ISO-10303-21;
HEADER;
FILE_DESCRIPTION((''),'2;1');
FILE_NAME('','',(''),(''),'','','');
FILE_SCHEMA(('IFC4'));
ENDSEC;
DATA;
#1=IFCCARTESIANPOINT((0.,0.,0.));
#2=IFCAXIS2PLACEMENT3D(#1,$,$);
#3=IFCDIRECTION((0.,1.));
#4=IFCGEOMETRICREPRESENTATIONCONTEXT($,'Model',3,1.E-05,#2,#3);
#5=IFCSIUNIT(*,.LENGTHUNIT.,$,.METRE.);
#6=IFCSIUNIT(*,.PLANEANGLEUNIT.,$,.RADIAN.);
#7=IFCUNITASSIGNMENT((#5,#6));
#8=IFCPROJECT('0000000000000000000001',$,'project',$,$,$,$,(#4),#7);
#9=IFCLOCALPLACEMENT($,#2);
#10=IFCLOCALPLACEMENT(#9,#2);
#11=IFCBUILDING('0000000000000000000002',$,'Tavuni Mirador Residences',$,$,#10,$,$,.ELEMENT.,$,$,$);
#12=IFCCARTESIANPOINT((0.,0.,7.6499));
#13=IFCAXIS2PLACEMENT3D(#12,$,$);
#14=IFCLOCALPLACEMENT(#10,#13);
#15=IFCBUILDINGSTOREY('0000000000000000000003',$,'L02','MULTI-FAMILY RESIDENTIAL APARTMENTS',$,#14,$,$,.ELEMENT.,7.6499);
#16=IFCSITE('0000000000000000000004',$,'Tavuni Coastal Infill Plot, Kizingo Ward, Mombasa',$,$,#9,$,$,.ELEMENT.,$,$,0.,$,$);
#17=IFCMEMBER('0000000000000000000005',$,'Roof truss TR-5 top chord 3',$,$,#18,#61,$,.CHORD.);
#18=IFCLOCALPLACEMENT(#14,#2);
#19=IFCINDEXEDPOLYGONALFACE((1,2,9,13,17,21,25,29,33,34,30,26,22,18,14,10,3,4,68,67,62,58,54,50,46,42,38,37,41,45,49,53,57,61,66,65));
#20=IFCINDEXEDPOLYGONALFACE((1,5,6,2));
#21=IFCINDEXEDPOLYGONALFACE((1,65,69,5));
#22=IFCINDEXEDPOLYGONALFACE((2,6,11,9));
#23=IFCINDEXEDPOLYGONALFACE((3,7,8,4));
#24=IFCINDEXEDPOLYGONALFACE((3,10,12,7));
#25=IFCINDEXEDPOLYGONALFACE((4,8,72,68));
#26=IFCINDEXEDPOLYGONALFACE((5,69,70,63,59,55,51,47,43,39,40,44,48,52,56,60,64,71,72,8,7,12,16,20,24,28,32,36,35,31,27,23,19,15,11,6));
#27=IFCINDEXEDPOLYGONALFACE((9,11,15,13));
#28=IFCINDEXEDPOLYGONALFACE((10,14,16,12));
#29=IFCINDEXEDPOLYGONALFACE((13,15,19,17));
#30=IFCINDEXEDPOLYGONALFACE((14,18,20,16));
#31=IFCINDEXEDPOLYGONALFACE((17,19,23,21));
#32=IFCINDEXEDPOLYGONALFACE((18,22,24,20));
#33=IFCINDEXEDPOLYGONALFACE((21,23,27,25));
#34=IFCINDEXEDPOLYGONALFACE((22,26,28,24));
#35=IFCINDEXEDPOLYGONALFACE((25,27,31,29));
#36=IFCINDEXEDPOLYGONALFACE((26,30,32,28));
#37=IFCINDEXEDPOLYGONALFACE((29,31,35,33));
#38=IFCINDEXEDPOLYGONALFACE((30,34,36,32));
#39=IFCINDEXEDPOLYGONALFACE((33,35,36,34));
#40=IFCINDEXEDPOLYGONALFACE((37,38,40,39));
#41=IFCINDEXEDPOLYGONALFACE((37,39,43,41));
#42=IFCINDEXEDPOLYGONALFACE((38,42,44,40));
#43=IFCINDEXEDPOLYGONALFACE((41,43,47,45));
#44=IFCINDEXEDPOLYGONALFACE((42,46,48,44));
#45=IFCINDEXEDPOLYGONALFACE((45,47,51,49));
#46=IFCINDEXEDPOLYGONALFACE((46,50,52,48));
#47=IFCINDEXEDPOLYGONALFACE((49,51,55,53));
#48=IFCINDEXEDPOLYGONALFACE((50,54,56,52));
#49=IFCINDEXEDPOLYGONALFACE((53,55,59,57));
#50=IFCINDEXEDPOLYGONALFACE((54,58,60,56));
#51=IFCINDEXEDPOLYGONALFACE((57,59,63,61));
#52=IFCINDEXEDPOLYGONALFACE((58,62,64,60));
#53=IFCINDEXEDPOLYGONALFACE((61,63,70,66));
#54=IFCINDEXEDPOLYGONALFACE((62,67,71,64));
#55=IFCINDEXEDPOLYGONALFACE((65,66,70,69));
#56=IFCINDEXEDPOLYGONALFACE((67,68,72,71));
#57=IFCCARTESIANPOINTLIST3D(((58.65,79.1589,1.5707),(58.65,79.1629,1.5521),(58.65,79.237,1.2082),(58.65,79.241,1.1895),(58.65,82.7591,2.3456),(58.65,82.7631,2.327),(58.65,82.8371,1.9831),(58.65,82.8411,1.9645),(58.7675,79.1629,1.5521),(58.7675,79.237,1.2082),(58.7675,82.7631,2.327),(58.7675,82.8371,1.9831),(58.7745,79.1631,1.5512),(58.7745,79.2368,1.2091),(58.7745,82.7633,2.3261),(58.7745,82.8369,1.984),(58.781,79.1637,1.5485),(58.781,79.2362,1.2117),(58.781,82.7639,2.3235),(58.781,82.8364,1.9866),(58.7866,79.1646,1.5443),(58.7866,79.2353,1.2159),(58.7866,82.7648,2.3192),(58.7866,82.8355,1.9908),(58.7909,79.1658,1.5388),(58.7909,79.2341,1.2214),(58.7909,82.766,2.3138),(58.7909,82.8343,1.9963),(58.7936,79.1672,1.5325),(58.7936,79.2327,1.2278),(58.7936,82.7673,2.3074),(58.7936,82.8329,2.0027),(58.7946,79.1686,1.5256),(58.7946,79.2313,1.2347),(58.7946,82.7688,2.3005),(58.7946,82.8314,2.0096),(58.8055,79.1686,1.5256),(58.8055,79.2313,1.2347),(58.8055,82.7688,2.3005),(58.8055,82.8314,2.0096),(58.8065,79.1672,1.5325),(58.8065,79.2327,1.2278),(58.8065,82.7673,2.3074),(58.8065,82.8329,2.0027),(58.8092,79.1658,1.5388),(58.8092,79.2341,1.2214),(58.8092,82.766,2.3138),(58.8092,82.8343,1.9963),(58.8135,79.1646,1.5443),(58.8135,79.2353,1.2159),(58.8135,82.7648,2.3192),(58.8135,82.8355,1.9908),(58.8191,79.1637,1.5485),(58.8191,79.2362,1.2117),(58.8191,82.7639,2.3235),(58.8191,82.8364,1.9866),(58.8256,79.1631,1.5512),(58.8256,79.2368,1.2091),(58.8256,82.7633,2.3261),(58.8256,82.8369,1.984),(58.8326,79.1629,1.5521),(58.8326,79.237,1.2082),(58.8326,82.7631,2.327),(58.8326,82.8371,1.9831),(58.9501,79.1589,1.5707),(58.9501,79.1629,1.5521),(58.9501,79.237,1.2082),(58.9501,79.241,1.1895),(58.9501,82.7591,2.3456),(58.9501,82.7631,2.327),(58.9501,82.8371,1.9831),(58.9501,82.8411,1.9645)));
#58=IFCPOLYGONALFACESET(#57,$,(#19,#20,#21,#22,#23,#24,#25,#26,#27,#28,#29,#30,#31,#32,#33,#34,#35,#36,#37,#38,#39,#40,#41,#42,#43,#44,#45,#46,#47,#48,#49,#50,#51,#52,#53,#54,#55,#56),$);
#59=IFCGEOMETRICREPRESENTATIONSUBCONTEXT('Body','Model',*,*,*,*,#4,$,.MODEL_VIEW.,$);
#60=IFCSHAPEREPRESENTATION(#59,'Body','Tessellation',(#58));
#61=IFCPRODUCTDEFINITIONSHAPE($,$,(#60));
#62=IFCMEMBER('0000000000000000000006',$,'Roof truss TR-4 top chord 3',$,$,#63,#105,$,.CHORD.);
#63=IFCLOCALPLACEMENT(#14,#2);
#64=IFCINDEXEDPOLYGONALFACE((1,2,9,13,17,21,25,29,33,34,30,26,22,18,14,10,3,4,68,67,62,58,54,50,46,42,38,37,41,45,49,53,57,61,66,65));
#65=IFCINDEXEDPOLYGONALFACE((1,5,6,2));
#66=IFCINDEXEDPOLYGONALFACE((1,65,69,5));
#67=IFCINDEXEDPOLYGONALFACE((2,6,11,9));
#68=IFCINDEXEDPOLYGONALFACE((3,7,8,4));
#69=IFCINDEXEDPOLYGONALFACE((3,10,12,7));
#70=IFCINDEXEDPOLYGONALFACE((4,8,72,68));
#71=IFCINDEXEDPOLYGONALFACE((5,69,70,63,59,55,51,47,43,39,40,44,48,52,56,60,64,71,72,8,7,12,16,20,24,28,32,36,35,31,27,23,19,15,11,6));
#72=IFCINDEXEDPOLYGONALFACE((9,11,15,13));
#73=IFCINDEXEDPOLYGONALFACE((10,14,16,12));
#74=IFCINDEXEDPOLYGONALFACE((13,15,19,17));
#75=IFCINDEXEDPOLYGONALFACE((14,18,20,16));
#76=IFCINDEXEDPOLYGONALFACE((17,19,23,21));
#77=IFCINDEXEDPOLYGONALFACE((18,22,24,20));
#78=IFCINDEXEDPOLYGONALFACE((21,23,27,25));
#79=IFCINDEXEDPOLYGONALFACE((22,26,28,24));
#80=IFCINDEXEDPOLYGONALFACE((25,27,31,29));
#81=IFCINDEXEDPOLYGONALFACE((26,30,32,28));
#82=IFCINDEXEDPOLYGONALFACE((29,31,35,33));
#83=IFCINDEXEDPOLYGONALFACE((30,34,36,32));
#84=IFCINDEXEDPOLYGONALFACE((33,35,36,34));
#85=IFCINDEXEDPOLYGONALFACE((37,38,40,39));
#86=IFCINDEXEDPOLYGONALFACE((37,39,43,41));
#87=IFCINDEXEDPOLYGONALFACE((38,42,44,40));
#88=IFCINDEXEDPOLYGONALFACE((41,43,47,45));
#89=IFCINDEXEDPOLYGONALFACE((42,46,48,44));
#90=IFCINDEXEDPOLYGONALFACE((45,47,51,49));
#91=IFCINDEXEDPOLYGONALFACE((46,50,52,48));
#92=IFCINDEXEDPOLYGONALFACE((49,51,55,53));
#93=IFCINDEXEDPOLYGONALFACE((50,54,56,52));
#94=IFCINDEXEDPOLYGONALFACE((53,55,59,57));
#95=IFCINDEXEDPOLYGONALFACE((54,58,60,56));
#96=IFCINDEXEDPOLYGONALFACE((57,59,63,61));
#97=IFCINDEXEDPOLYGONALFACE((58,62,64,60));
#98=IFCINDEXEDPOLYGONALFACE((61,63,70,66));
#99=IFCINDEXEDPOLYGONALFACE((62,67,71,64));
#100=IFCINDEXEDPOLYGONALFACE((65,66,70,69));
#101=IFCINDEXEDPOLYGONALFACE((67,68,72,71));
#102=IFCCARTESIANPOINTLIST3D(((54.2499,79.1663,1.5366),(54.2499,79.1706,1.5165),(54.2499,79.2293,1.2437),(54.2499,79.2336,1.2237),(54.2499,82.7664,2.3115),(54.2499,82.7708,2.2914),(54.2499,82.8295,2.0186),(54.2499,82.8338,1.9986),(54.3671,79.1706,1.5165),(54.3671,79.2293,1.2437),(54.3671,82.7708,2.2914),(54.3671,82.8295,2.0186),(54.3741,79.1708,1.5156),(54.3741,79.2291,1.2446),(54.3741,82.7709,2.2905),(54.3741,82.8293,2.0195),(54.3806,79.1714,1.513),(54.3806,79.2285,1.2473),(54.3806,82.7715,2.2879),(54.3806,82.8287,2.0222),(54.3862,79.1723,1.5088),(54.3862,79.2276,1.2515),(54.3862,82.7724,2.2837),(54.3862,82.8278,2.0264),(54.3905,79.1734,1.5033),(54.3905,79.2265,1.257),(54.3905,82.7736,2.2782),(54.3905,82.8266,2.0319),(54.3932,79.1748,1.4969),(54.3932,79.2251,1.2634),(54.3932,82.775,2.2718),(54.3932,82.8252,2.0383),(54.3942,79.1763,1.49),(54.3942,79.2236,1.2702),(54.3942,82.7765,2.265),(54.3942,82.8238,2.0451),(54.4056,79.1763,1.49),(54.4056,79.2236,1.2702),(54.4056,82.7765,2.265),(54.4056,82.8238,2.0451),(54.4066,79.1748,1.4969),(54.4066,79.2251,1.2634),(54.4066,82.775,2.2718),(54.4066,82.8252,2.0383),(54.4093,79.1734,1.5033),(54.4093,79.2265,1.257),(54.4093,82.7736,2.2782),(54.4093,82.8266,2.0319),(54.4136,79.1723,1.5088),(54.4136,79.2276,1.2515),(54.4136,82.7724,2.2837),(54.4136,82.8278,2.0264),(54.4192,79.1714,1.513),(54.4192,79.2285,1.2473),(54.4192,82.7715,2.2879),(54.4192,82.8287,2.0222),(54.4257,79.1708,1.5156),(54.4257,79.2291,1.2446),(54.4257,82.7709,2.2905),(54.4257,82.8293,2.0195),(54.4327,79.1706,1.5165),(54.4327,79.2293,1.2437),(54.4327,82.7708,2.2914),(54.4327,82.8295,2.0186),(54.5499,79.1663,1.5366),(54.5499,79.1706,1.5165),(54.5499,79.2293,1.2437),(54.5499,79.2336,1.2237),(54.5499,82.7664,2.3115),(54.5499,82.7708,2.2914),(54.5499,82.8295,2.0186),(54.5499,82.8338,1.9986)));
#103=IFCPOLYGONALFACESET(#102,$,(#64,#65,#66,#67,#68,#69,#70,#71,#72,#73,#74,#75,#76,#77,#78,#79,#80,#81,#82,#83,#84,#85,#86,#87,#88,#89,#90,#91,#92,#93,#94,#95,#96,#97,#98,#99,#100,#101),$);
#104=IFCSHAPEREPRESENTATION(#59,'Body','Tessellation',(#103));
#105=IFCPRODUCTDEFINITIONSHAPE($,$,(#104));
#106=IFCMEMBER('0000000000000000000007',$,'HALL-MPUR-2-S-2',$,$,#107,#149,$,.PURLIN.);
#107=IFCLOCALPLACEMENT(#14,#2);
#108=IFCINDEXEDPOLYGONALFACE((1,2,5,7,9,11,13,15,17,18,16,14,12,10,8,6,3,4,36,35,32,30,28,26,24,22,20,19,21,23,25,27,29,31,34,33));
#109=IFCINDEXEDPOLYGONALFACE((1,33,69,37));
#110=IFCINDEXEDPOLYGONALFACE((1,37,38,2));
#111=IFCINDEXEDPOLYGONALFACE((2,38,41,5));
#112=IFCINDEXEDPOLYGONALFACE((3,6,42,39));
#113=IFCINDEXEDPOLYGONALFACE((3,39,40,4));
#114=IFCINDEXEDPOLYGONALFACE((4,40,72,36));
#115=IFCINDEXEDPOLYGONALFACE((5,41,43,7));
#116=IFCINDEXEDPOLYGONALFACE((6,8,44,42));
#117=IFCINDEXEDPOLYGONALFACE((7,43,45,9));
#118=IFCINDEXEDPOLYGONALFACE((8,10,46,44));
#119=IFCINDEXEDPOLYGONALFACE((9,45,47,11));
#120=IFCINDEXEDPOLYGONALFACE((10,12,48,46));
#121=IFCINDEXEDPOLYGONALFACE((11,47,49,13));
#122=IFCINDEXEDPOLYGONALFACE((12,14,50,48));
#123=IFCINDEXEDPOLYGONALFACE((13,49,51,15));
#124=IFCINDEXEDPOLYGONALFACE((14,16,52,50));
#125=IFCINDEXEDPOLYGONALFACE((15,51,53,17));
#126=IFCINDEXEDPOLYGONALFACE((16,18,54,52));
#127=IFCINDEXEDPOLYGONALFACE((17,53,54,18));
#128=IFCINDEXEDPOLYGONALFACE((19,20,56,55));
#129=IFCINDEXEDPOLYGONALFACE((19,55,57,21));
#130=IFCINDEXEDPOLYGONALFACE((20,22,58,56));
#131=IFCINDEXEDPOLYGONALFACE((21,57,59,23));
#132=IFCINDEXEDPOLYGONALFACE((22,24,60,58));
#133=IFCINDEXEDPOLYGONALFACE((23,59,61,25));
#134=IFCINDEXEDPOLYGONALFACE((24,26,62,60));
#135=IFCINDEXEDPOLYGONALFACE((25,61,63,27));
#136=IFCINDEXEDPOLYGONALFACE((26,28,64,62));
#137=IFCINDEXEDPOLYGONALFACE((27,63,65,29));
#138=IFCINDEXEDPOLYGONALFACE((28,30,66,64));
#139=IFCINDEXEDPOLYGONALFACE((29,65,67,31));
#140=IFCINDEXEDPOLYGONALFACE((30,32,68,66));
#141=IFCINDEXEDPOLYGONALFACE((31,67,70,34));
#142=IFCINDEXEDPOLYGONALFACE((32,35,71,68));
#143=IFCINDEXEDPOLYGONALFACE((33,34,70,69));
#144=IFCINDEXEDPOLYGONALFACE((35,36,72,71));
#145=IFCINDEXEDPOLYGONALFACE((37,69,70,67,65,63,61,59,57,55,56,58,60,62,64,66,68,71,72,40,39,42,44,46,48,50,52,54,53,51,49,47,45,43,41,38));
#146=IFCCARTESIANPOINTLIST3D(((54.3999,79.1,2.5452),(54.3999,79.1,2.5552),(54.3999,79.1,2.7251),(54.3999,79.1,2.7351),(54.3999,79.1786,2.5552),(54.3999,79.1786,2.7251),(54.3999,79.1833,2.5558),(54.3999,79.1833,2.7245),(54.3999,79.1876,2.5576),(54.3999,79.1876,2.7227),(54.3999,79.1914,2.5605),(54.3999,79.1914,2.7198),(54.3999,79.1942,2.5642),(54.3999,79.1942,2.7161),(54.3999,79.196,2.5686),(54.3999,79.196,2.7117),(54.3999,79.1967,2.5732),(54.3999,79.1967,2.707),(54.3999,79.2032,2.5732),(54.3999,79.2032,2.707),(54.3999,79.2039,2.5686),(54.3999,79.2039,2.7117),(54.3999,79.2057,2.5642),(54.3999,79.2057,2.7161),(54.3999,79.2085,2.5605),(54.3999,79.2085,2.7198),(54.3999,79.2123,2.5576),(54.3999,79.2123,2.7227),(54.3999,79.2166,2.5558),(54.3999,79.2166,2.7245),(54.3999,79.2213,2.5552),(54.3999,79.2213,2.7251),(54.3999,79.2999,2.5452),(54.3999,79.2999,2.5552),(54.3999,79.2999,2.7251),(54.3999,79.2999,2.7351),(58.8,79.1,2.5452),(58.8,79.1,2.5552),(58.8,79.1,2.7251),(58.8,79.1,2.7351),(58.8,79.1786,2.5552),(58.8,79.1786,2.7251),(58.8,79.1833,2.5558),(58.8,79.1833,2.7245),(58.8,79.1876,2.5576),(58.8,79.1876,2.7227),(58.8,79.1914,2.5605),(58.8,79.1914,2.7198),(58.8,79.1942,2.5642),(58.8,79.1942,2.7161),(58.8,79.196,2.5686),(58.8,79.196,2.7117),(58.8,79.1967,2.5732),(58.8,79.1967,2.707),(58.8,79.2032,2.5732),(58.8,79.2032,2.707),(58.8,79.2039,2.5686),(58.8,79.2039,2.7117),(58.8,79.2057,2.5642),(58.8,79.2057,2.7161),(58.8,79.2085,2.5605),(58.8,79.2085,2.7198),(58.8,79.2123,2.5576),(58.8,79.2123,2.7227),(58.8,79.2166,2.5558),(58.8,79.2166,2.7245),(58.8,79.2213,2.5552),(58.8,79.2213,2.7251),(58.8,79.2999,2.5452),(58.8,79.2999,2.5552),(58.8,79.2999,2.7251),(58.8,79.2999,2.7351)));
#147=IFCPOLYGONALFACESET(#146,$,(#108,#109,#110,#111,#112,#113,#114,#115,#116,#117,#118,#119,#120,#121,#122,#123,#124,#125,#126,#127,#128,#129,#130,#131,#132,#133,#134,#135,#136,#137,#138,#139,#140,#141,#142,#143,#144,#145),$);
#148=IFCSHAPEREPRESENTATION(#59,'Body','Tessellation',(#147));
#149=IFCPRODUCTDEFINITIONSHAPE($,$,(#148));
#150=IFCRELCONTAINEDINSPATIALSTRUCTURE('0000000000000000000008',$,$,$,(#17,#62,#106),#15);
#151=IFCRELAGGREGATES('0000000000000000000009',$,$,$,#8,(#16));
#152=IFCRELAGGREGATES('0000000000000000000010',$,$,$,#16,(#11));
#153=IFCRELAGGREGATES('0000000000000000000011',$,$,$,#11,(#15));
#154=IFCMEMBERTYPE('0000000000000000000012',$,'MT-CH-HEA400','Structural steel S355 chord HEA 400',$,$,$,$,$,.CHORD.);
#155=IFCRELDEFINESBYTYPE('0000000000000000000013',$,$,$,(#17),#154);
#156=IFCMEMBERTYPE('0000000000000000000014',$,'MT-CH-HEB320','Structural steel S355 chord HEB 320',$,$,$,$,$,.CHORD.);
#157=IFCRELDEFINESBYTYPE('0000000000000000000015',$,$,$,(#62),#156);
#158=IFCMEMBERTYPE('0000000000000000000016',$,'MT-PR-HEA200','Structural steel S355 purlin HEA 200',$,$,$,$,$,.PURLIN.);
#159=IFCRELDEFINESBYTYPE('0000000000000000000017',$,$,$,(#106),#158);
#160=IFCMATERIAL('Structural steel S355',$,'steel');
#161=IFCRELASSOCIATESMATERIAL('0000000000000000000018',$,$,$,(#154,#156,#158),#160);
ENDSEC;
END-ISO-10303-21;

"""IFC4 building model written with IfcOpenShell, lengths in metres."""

from ifc_helpers import new_model, si_unit, direction, frame, origin, origin_2d, place, context, subcontext, project, spatial, i_section, extrude, material, material_profile, profile_set, type_object, element, save


model = new_model("IFC4")

# Units and contexts
model_context = context("Model", 3, precision=1e-05, world=origin(), true_north=direction((0.0, 1.0)))
body_context = subcontext(model_context, "Body", "Model", "MODEL_VIEW")
ifc_project = project(units=[si_unit("LENGTHUNIT", "METRE"), si_unit("PLANEANGLEUNIT", "RADIAN")], contexts=[model_context])

# Site, building, storey
site_placement = place(None, origin())
site = spatial("IfcSite", under=ifc_project, at=site_placement, Name="Tavuni Coastal Infill Plot, Kizingo Ward, Mombasa", CompositionType="ELEMENT", RefElevation=0.0)
building_placement = place(site_placement, origin())
building = spatial("IfcBuilding", under=site, at=building_placement, Name="Tavuni Mirador Residences", CompositionType="ELEMENT")
storey_placement = place(building_placement, frame((0.0, 0.0, 7.6499)))
storey = spatial("IfcBuildingStorey", under=building, at=storey_placement, Name="L02", Description="MULTI-FAMILY RESIDENTIAL APARTMENTS", CompositionType="ELEMENT", Elevation=7.6499)

# Members
ifc_material_1 = material(Name="Structural steel S355", Category="steel")
ifc_material_profile_1 = material_profile(ifc_material_1, i_section(OverallWidth=0.3, OverallDepth=0.3899, WebThickness=0.011, FlangeThickness=0.019, FilletRadius=0.0271, at=origin_2d()), Name="HEA 400", Category="steel")
ifc_profile_set_1 = profile_set([ifc_material_profile_1], Name="Structural steel S355")
member_type_1 = type_object("IfcMemberType", Name="MT-CH-HEA400", Description="Structural steel S355 chord HEA 400", PredefinedType="CHORD", material=ifc_profile_set_1)
member_1_placement = place(storey_placement, frame((58.8, 79.2, 1.3801), z_axis=(0.0, 0.97761, 0.210425), x_axis=(-1.0, 0.0, 0.0)))
element("IfcMember", 1, at=member_1_placement, inside=storey, type_object=member_type_1, Name="Roof truss TR-5 top chord 3", PredefinedType="CHORD", context=body_context, shape_type="SweptSolid", body=[
    extrude(i_section(OverallWidth=0.3, OverallDepth=0.3899, WebThickness=0.011, FlangeThickness=0.019, FilletRadius=0.0271, at=origin_2d()), origin(), (0.0, 0.0, 1.0), 3.6826),
])
ifc_material_profile_2 = material_profile(ifc_material_1, i_section(OverallWidth=0.3, OverallDepth=0.3201, WebThickness=0.0115, FlangeThickness=0.0205, FilletRadius=0.0271, at=origin_2d()), Name="HEB 320", Category="steel")
ifc_profile_set_2 = profile_set([ifc_material_profile_2], Name="Structural steel S355")
member_type_2 = type_object("IfcMemberType", Name="MT-CH-HEB320", Description="Structural steel S355 chord HEB 320", PredefinedType="CHORD", material=ifc_profile_set_2)
member_2_placement = place(storey_placement, frame((54.3999, 79.2, 1.3801), z_axis=(0.0, 0.97761, 0.210425), x_axis=(-1.0, 0.0, 0.0)))
element("IfcMember", 2, at=member_2_placement, inside=storey, type_object=member_type_2, Name="Roof truss TR-4 top chord 3", PredefinedType="CHORD", context=body_context, shape_type="SweptSolid", body=[
    extrude(i_section(OverallWidth=0.3, OverallDepth=0.3201, WebThickness=0.0115, FlangeThickness=0.0205, FilletRadius=0.0271, at=origin_2d()), origin(), (0.0, 0.0, 1.0), 3.6826),
])
ifc_material_profile_3 = material_profile(ifc_material_1, i_section(OverallWidth=0.2, OverallDepth=0.1899, WebThickness=0.0066, FlangeThickness=0.01, FilletRadius=0.0181, at=origin_2d()), Name="HEA 200", Category="steel")
ifc_profile_set_3 = profile_set([ifc_material_profile_3], Name="Structural steel S355")
member_type_3 = type_object("IfcMemberType", Name="MT-PR-HEA200", Description="Structural steel S355 purlin HEA 200", PredefinedType="PURLIN", material=ifc_profile_set_3)
member_3_placement = place(storey_placement, frame((54.3999, 79.2, 2.6401), z_axis=(1.0, 0.0, 0.0), x_axis=(0.0, 1.0, 0.0)))
element("IfcMember", 3, at=member_3_placement, inside=storey, type_object=member_type_3, Name="HALL-MPUR-2-S-2", PredefinedType="PURLIN", context=body_context, shape_type="SweptSolid", body=[
    extrude(i_section(OverallWidth=0.2, OverallDepth=0.1899, WebThickness=0.0066, FlangeThickness=0.01, FilletRadius=0.0181, at=origin_2d()), origin(), (0.0, 0.0, 1.0), 4.4001),
])

save(model, "model.ifc")
